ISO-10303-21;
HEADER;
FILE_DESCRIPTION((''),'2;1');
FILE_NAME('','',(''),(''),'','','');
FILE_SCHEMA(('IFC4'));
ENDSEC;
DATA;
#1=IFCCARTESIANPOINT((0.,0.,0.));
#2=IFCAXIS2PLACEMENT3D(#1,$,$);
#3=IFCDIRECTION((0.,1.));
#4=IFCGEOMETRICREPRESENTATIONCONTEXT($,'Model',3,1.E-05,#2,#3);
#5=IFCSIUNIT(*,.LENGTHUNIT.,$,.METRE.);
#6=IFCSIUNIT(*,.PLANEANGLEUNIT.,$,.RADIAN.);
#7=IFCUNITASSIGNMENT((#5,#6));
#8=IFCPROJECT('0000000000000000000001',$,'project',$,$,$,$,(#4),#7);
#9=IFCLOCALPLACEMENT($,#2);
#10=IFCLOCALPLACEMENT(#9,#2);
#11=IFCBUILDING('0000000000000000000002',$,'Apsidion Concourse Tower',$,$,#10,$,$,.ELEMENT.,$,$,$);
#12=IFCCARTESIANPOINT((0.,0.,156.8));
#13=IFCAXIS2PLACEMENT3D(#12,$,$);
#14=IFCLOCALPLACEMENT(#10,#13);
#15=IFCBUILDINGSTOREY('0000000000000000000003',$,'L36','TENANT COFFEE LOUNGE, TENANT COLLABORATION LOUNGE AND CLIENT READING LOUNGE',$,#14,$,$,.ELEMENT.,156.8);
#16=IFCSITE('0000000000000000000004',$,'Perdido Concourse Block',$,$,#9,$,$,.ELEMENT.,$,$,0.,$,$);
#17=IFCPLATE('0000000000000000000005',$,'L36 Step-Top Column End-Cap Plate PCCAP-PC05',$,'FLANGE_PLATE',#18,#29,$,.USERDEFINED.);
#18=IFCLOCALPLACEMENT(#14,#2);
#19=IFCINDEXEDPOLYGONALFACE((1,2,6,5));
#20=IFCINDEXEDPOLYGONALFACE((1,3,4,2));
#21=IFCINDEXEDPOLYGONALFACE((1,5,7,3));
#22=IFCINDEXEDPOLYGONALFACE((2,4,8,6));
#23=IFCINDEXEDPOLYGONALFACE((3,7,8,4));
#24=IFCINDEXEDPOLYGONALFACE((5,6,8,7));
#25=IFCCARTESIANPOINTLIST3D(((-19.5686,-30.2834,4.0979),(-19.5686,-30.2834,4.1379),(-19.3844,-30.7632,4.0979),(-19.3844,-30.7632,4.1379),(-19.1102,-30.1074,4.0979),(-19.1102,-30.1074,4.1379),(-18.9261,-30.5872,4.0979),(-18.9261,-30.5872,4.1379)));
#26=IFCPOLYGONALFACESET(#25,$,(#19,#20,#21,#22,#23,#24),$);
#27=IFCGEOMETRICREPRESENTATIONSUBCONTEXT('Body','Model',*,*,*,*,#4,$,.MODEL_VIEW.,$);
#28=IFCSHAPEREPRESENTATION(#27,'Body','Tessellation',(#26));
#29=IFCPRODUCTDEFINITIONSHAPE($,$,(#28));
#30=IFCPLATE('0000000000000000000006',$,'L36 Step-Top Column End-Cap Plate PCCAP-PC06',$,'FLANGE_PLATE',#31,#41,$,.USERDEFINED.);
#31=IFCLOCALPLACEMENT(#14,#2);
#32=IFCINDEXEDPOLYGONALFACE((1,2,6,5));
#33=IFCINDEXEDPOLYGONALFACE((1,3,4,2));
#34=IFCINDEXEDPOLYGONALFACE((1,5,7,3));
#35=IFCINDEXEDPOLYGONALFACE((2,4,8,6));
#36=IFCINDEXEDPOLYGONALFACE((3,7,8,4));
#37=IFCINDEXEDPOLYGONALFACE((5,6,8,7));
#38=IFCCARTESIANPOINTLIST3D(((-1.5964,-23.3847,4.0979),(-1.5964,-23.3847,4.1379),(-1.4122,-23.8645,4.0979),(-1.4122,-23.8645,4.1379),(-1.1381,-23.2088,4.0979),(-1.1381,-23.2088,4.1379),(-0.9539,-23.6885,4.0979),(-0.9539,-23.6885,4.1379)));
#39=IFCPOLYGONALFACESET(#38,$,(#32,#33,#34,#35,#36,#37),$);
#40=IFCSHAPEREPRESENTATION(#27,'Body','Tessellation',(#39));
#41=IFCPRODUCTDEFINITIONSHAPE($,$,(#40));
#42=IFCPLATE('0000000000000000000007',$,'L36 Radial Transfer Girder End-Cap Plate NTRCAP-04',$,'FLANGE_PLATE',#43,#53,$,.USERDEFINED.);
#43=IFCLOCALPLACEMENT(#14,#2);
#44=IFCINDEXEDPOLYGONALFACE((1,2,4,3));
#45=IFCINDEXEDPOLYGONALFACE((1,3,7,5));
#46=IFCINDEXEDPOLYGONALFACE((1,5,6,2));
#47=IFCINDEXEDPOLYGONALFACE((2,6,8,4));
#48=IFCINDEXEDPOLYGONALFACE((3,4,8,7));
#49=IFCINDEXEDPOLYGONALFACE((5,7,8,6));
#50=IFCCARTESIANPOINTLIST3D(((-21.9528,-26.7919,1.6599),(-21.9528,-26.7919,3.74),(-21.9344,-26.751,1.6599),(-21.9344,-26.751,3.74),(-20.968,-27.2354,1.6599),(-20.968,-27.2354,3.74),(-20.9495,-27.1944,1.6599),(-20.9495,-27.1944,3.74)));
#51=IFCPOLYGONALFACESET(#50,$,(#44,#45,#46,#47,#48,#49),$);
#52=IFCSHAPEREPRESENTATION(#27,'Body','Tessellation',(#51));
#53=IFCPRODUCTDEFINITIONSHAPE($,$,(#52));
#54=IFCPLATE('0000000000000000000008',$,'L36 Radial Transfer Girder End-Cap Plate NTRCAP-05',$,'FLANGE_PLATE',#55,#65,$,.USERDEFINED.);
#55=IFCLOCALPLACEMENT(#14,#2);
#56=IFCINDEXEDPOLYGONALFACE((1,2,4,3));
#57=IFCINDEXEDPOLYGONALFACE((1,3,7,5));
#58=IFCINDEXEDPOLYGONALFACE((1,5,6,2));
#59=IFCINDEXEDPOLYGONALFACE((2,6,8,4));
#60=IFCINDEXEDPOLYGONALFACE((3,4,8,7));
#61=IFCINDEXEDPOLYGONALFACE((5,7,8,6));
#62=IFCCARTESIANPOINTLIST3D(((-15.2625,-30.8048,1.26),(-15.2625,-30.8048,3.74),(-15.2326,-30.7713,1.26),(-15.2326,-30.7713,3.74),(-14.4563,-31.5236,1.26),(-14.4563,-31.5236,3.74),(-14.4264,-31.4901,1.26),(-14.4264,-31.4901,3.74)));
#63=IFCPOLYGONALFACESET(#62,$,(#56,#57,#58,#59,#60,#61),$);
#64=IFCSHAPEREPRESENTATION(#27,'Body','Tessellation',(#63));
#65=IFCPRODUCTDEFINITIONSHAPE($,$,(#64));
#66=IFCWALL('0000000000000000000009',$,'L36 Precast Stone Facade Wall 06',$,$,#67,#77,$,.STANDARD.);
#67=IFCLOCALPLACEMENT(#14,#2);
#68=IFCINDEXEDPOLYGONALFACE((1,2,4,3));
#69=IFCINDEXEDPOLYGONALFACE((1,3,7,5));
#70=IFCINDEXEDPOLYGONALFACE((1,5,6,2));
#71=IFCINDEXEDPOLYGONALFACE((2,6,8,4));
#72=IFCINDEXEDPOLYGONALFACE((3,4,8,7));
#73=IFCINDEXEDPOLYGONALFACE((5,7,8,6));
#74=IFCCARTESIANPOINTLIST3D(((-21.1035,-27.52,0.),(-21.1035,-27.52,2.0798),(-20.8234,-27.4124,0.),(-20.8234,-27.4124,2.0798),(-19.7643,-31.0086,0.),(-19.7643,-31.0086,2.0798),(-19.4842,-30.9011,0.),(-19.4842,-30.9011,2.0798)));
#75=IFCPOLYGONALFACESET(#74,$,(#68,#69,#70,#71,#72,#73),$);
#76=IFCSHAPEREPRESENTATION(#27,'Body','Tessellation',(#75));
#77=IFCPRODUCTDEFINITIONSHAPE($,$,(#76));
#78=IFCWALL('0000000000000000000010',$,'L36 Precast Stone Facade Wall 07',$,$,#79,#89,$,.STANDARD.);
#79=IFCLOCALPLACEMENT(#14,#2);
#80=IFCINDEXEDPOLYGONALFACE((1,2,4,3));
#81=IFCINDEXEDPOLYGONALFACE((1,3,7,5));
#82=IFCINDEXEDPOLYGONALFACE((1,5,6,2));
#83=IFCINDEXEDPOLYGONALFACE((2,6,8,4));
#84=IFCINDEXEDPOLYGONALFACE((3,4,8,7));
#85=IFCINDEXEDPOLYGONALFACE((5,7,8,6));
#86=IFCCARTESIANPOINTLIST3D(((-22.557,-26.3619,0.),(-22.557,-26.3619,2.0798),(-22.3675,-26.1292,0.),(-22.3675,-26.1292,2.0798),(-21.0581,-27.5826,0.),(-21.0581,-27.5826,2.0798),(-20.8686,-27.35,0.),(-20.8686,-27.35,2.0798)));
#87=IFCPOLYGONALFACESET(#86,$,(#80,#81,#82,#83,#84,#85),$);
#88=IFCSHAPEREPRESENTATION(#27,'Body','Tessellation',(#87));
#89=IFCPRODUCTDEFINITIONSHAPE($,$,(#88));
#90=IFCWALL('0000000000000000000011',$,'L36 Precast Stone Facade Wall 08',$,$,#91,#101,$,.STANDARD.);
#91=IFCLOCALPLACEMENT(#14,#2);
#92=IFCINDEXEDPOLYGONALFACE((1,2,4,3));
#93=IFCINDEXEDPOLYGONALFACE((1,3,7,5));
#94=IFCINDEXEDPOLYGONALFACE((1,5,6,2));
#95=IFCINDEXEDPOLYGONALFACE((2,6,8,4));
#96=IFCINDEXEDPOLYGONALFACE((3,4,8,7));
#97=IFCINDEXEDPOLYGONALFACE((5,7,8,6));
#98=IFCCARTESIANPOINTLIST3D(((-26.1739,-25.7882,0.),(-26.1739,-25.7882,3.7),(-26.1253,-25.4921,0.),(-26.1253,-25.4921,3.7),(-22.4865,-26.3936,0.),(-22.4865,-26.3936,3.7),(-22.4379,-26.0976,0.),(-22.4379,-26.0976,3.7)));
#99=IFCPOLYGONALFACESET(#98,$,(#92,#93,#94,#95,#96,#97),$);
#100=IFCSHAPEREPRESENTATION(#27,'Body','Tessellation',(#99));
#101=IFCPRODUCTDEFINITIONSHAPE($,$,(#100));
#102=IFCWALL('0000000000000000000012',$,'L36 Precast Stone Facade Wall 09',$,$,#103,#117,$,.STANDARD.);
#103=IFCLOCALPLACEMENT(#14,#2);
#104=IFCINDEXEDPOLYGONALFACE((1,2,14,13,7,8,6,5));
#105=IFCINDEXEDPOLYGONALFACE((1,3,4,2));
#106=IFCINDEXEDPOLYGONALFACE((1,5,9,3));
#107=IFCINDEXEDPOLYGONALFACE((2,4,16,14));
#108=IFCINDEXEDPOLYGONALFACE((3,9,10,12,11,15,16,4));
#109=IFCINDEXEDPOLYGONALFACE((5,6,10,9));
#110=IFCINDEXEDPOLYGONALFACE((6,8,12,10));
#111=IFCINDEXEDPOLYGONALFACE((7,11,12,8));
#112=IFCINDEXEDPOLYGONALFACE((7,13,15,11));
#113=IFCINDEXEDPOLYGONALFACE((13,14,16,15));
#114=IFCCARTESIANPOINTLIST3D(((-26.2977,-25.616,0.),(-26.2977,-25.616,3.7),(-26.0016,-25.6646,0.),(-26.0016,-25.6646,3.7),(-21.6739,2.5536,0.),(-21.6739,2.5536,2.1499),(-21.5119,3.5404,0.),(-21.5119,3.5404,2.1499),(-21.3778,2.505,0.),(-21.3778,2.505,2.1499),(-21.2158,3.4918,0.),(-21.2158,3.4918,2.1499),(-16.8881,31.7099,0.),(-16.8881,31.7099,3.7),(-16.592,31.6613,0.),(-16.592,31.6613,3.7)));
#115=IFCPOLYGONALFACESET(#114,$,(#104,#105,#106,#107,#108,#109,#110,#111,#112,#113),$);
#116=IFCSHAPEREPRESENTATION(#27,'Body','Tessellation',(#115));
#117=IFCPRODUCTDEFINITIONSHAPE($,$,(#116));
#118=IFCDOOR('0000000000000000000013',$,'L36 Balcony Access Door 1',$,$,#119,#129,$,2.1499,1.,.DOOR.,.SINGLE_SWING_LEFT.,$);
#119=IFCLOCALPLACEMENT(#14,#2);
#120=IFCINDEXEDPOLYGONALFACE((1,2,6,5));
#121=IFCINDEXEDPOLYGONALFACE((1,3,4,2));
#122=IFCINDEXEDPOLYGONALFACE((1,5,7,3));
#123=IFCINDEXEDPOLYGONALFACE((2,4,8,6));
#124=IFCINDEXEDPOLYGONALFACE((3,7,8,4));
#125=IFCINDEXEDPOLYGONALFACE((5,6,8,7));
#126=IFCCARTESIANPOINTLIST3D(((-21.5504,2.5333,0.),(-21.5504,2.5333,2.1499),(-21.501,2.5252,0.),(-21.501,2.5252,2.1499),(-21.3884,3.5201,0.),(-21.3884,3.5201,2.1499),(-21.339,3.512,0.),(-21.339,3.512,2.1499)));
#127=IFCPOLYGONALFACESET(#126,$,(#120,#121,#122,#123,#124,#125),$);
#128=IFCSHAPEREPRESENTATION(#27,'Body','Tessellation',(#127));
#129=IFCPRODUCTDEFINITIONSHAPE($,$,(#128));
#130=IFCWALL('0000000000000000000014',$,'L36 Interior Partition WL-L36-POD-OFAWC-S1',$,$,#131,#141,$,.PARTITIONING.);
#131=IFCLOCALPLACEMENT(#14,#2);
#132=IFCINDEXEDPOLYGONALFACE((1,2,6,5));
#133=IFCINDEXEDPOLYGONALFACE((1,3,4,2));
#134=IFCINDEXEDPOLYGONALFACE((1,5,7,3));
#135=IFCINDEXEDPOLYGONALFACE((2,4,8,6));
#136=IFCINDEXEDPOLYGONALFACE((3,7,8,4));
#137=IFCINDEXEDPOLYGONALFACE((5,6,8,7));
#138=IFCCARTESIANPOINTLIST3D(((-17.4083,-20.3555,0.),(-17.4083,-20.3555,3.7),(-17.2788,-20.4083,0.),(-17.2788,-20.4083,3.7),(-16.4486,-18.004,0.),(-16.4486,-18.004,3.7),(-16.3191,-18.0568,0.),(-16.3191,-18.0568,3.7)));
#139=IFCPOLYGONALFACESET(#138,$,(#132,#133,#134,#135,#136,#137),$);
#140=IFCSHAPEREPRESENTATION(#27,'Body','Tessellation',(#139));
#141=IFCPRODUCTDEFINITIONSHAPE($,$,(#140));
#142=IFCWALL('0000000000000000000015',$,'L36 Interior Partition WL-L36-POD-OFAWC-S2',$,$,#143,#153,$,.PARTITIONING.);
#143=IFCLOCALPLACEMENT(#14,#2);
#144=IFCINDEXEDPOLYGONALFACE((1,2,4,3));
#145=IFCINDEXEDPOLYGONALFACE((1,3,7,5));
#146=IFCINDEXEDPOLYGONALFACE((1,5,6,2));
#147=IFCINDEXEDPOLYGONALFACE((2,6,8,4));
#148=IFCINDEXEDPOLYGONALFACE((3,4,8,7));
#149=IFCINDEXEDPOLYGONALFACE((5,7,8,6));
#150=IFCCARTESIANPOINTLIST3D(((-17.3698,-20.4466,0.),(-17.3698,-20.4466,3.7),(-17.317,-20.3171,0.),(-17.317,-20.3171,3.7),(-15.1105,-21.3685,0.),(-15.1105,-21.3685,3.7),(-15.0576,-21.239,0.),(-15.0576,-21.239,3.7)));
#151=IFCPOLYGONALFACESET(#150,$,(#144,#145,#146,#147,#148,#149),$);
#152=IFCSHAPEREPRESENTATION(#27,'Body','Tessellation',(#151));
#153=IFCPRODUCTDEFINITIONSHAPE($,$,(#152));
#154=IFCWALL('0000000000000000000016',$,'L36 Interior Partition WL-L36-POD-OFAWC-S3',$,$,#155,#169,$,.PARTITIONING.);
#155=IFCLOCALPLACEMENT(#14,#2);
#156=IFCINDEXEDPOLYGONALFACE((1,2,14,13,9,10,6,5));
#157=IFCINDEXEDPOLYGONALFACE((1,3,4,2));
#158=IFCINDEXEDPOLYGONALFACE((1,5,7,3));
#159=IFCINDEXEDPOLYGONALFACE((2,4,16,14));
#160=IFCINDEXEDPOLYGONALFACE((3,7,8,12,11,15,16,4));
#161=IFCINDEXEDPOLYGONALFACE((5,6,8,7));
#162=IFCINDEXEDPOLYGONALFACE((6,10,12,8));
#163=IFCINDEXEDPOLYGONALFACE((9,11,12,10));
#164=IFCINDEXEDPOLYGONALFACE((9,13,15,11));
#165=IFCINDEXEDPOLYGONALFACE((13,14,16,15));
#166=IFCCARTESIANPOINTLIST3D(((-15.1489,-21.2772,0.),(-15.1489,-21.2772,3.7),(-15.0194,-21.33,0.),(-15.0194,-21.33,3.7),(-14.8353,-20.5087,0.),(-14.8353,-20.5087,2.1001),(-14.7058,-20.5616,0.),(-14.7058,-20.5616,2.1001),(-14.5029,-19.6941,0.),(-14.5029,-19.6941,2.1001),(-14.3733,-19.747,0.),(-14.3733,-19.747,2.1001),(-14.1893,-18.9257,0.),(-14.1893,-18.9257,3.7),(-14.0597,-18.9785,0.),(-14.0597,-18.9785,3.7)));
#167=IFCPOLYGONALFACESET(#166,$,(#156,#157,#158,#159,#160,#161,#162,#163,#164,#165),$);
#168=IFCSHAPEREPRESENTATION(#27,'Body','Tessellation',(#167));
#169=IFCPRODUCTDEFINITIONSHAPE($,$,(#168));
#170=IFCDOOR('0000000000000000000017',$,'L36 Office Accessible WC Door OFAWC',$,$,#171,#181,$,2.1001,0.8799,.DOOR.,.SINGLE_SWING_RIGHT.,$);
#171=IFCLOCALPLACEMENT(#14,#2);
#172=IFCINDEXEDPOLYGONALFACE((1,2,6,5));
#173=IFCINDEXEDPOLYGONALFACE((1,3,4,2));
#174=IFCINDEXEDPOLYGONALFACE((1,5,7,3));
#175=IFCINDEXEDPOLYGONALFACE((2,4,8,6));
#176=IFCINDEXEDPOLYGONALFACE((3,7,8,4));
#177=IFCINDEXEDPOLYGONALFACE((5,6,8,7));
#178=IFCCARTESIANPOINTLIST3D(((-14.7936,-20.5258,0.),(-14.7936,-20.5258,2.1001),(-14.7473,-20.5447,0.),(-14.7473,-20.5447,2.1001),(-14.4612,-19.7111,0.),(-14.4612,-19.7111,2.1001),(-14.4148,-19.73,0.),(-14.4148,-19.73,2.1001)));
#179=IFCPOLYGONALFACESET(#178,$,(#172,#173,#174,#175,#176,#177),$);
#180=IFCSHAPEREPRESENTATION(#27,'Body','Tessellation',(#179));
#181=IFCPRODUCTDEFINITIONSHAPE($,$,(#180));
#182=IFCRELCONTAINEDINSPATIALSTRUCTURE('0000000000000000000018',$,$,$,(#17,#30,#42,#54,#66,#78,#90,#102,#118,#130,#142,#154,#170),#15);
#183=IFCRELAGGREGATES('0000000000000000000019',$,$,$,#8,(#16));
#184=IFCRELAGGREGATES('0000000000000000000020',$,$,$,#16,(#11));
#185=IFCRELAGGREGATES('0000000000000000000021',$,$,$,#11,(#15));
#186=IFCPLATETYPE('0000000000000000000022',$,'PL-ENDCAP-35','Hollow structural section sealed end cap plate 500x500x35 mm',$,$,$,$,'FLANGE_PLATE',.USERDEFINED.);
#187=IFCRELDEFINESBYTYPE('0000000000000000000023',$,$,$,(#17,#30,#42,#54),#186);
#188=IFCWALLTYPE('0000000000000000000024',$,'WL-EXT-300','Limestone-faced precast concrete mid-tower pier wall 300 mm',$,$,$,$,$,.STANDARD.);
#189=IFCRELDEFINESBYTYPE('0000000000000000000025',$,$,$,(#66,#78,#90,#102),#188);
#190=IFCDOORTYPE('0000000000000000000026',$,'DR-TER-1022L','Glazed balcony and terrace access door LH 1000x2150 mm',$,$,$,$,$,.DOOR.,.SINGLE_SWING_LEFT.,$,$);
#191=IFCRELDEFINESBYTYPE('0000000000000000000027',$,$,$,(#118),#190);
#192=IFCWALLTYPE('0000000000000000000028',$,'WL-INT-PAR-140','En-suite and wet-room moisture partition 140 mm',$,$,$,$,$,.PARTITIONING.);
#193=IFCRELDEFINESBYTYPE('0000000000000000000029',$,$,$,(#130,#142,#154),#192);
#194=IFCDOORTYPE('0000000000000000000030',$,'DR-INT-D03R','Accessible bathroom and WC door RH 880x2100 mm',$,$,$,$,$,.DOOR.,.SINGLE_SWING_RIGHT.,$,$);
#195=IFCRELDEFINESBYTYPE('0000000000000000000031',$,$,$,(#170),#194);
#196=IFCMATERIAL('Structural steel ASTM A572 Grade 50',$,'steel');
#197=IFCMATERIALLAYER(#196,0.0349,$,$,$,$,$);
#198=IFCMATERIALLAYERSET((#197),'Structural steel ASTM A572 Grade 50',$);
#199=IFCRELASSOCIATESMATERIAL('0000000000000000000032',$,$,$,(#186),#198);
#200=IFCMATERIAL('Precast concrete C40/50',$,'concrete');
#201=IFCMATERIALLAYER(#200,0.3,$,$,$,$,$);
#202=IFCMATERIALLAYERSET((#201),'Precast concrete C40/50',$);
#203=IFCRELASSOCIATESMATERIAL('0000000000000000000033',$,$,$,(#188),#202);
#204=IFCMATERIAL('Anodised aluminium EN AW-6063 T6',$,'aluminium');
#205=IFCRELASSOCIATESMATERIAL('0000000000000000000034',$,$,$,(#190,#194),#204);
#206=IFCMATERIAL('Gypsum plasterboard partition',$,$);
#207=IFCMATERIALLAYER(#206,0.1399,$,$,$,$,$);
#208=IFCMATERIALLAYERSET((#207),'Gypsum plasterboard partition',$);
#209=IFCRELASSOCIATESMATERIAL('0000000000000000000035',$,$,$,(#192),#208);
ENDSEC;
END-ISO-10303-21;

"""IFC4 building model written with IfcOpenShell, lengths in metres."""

from ifc_helpers import new_model, si_unit, direction, frame, frame_2d, origin, origin_2d, place, context, subcontext, project, spatial, rectangle, extrude, material, layer, layer_set, type_object, element, fill, save


model = new_model("IFC4")

# Units and contexts
model_context = context("Model", 3, precision=1e-05, world=origin(), true_north=direction((0.0, 1.0)))
body_context = subcontext(model_context, "Body", "Model", "MODEL_VIEW")
ifc_project = project(units=[si_unit("LENGTHUNIT", "METRE"), si_unit("PLANEANGLEUNIT", "RADIAN")], contexts=[model_context])

# Site, building, storey
site_placement = place(None, origin())
site = spatial("IfcSite", under=ifc_project, at=site_placement, Name="Perdido Concourse Block", CompositionType="ELEMENT", RefElevation=0.0)
building_placement = place(site_placement, origin())
building = spatial("IfcBuilding", under=site, at=building_placement, Name="Apsidion Concourse Tower", CompositionType="ELEMENT")
storey_placement = place(building_placement, frame((0.0, 0.0, 156.8)))
storey = spatial("IfcBuildingStorey", under=building, at=storey_placement, Name="L36", Description="TENANT COFFEE LOUNGE, TENANT COLLABORATION LOUNGE AND CLIENT READING LOUNGE", CompositionType="ELEMENT", Elevation=156.8)

# Shared definitions
ifc_material_1 = material(Name="Structural steel ASTM A572 Grade 50", Category="steel")

# Plates
ifc_layer_1 = layer(ifc_material_1, 0.0349)
ifc_layer_set_1 = layer_set([ifc_layer_1], Name="Structural steel ASTM A572 Grade 50")
plate_type = type_object("IfcPlateType", Name="PL-ENDCAP-35", Description="Hollow structural section sealed end cap plate 500x500x35 mm", ElementType="FLANGE_PLATE", PredefinedType="USERDEFINED", material=ifc_layer_set_1)
for number, where, z_axis, x_axis, name in (
    (1, (-19.2473, -30.4353, 4.0979), (0.0, 0.0, 1.0), (0.93358, 0.358368, 0.0), "L36 Step-Top Column End-Cap Plate PCCAP-PC05"),
    (2, (-1.2751, -23.5366, 4.0979), (0.0, 0.0, 1.0), (0.93358, 0.358368, 0.0), "L36 Step-Top Column End-Cap Plate PCCAP-PC06"),
):
    element("IfcPlate", number, at=place(storey_placement, frame(where, z_axis=z_axis, x_axis=x_axis)), inside=storey, type_object=plate_type, Name=name, ObjectType="FLANGE_PLATE", PredefinedType="USERDEFINED", context=body_context, shape_type="SweptSolid", body=[
        extrude(rectangle(XDim=0.491, YDim=0.5139, at=origin_2d()), origin(), (0.0, 0.0, 1.0), 0.04),
    ])
plate_1_placement = place(storey_placement, frame((-21.4512, -26.9932, 1.6599), z_axis=(0.0, 0.0, 1.0), x_axis=(-0.41056, -0.911834, 0.0)))
element("IfcPlate", 3, at=plate_1_placement, inside=storey, type_object=plate_type, Name="L36 Radial Transfer Girder End-Cap Plate NTRCAP-04", ObjectType="FLANGE_PLATE", PredefinedType="USERDEFINED", context=body_context, shape_type="SweptSolid", body=[
    extrude(rectangle(XDim=0.0449, YDim=1.0801, at=origin_2d()), origin(), (0.0, 0.0, 1.0), 2.0801),
])
plate_2_placement = place(storey_placement, frame((-14.8445, -31.1475, 1.26), z_axis=(0.0, 0.0, 1.0), x_axis=(-0.665491, -0.746406, 0.0)))
element("IfcPlate", 4, at=plate_2_placement, inside=storey, type_object=plate_type, Name="L36 Radial Transfer Girder End-Cap Plate NTRCAP-05", ObjectType="FLANGE_PLATE", PredefinedType="USERDEFINED", context=body_context, shape_type="SweptSolid", body=[
    extrude(rectangle(XDim=0.0449, YDim=1.0801, at=origin_2d()), origin(), (0.0, 0.0, 1.0), 2.48),
])

# Walls
ifc_material_2 = material(Name="Precast concrete C40/50", Category="concrete")
ifc_layer_2 = layer(ifc_material_2, 0.3)
ifc_layer_set_2 = layer_set([ifc_layer_2], Name="Precast concrete C40/50")
wall_type_1 = type_object("IfcWallType", Name="WL-EXT-300", Description="Limestone-faced precast concrete mid-tower pier wall 300 mm", PredefinedType="STANDARD", material=ifc_layer_set_2)
wall_1_placement = place(storey_placement, frame((-19.6243, -30.9548, 0.0), z_axis=(0.0, 0.0, 1.0), x_axis=(-0.358366, 0.933581, 0.0)))
element("IfcWall", 5, at=wall_1_placement, inside=storey, type_object=wall_type_1, Name="L36 Precast Stone Facade Wall 06", PredefinedType="STANDARD", context=body_context, shape_type="SweptSolid", body=[
    extrude(rectangle(XDim=3.7368, YDim=0.3, at=frame_2d((1.8684, 0.0))), origin(), (0.0, 0.0, 1.0), 2.0798),
])
wall_2_placement = place(storey_placement, frame((-20.9634, -27.4663, 0.0), z_axis=(0.0, 0.0, 1.0), x_axis=(-0.775368, 0.63151, 0.0)))
element("IfcWall", 6, at=wall_2_placement, inside=storey, type_object=wall_type_1, Name="L36 Precast Stone Facade Wall 07", PredefinedType="STANDARD", context=body_context, shape_type="SweptSolid", body=[
    extrude(rectangle(XDim=1.9331, YDim=0.3, at=frame_2d((0.9666, 0.0))), origin(), (0.0, 0.0, 1.0), 2.0798),
])
wall_3_placement = place(storey_placement, frame((-22.4622, -26.2456, 0.0), z_axis=(0.0, 0.0, 1.0), x_axis=(-0.986787, 0.162025, 0.0)))
element("IfcWall", 7, at=wall_3_placement, inside=storey, type_object=wall_type_1, Name="L36 Precast Stone Facade Wall 08", PredefinedType="STANDARD", context=body_context, shape_type="SweptSolid", body=[
    extrude(rectangle(XDim=3.7368, YDim=0.3, at=frame_2d((1.8684, 0.0))), origin(), (0.0, 0.0, 1.0), 3.7),
])

# Wall, opening, door
wall_4_placement = place(storey_placement, frame((-26.1497, -25.6401, 0.0), z_axis=(0.0, 0.0, 1.0), x_axis=(0.161976, 0.986795, 0.0)))
wall_4 = element("IfcWall", 8, at=wall_4_placement, inside=storey, type_object=wall_type_1, Name="L36 Precast Stone Facade Wall 09", PredefinedType="STANDARD", context=body_context, shape_type="SweptSolid", body=[
    extrude(rectangle(XDim=58.093, YDim=0.3, at=frame_2d((29.0464, 0.0))), origin(), (0.0, 0.0, 1.0), 3.7),
])
opening_1_placement = place(wall_4_placement, frame((28.5464, 0.0, 0.0)))
opening_1 = element("IfcOpeningElement", 9, at=opening_1_placement, cuts=wall_4, PredefinedType="OPENING", context=body_context, shape_type="SweptSolid", body=[
    extrude(rectangle(XDim=1.0, YDim=2.1499, at=frame_2d((0.5, 1.075))), frame((0.0, 0.1602, 0.0), z_axis=(0.0, -1.0, 0.0), x_axis=(1.0, 0.0, 0.0)), (0.0, 0.0, 1.0), 0.3201),
])
ifc_material_3 = material(Name="Anodised aluminium EN AW-6063 T6", Category="aluminium")
door_type_1 = type_object("IfcDoorType", Name="DR-TER-1022L", Description="Glazed balcony and terrace access door LH 1000x2150 mm", OperationType="SINGLE_SWING_LEFT", PredefinedType="DOOR", material=ifc_material_3)
door_1_placement = place(opening_1_placement, origin())
door_1 = element("IfcDoor", 10, at=door_1_placement, inside=storey, type_object=door_type_1, Name="L36 Balcony Access Door 1", OperationType="SINGLE_SWING_LEFT", OverallHeight=2.1499, OverallWidth=1.0, PredefinedType="DOOR", context=body_context, shape_type="SweptSolid", body=[
    extrude(rectangle(XDim=1.0, YDim=2.1499, at=frame_2d((0.5, 1.075))), frame((0.0, 0.0249, 0.0), z_axis=(0.0, -1.0, 0.0), x_axis=(1.0, 0.0, 0.0)), (0.0, 0.0, 1.0), 0.05),
])
fill(opening_1, door_1)

# Walls
ifc_material_4 = material(Name="Gypsum plasterboard partition")
ifc_layer_3 = layer(ifc_material_4, 0.1399)
ifc_layer_set_3 = layer_set([ifc_layer_3], Name="Gypsum plasterboard partition")
wall_type_2 = type_object("IfcWallType", Name="WL-INT-PAR-140", Description="En-suite and wet-room moisture partition 140 mm", PredefinedType="PARTITIONING", material=ifc_layer_set_3)
wall_5_placement = place(storey_placement, frame((-16.3838, -18.0303, 0.0), z_axis=(0.0, 0.0, 1.0), x_axis=(-0.377862, -0.925862, 0.0)))
element("IfcWall", 11, at=wall_5_placement, inside=storey, type_object=wall_type_2, Name="L36 Interior Partition WL-L36-POD-OFAWC-S1", PredefinedType="PARTITIONING", context=body_context, shape_type="SweptSolid", body=[
    extrude(rectangle(XDim=2.5398, YDim=0.1399, at=frame_2d((1.27, 0.0))), origin(), (0.0, 0.0, 1.0), 3.7),
])
wall_6_placement = place(storey_placement, frame((-17.3435, -20.3818, 0.0), z_axis=(0.0, 0.0, 1.0), x_axis=(0.925888, -0.377799, 0.0)))
element("IfcWall", 12, at=wall_6_placement, inside=storey, type_object=wall_type_2, Name="L36 Interior Partition WL-L36-POD-OFAWC-S2", PredefinedType="PARTITIONING", context=body_context, shape_type="SweptSolid", body=[
    extrude(rectangle(XDim=2.4402, YDim=0.1399, at=frame_2d((1.2202, 0.0))), origin(), (0.0, 0.0, 1.0), 3.7),
])

# Wall, opening, door
wall_7_placement = place(storey_placement, frame((-15.0842, -21.3037, 0.0), z_axis=(0.0, 0.0, 1.0), x_axis=(0.377862, 0.925862, 0.0)))
wall_7 = element("IfcWall", 13, at=wall_7_placement, inside=storey, type_object=wall_type_2, Name="L36 Interior Partition WL-L36-POD-OFAWC-S3", PredefinedType="PARTITIONING", context=body_context, shape_type="SweptSolid", body=[
    extrude(rectangle(XDim=2.5398, YDim=0.1399, at=frame_2d((1.27, 0.0))), origin(), (0.0, 0.0, 1.0), 3.7),
])
opening_2_placement = place(wall_7_placement, frame((0.8301, 0.0, 0.0)))
opening_2 = element("IfcOpeningElement", 14, at=opening_2_placement, cuts=wall_7, PredefinedType="OPENING", context=body_context, shape_type="SweptSolid", body=[
    extrude(rectangle(XDim=0.8799, YDim=2.1001, at=frame_2d((0.4399, 1.05))), frame((0.0, 0.0801, 0.0), z_axis=(0.0, -1.0, 0.0), x_axis=(1.0, 0.0, 0.0)), (0.0, 0.0, 1.0), 0.1599),
])
door_type_2 = type_object("IfcDoorType", Name="DR-INT-D03R", Description="Accessible bathroom and WC door RH 880x2100 mm", OperationType="SINGLE_SWING_RIGHT", PredefinedType="DOOR", material=ifc_material_3)
door_2_placement = place(opening_2_placement, origin())
door_2 = element("IfcDoor", 15, at=door_2_placement, inside=storey, type_object=door_type_2, Name="L36 Office Accessible WC Door OFAWC", OperationType="SINGLE_SWING_RIGHT", OverallHeight=2.1001, OverallWidth=0.8799, PredefinedType="DOOR", context=body_context, shape_type="SweptSolid", body=[
    extrude(rectangle(XDim=0.8799, YDim=2.1001, at=frame_2d((0.4399, 1.05))), frame((0.0, 0.0249, 0.0), z_axis=(0.0, -1.0, 0.0), x_axis=(1.0, 0.0, 0.0)), (0.0, 0.0, 1.0), 0.05),
])
fill(opening_2, door_2)

save(model, "model.ifc")
